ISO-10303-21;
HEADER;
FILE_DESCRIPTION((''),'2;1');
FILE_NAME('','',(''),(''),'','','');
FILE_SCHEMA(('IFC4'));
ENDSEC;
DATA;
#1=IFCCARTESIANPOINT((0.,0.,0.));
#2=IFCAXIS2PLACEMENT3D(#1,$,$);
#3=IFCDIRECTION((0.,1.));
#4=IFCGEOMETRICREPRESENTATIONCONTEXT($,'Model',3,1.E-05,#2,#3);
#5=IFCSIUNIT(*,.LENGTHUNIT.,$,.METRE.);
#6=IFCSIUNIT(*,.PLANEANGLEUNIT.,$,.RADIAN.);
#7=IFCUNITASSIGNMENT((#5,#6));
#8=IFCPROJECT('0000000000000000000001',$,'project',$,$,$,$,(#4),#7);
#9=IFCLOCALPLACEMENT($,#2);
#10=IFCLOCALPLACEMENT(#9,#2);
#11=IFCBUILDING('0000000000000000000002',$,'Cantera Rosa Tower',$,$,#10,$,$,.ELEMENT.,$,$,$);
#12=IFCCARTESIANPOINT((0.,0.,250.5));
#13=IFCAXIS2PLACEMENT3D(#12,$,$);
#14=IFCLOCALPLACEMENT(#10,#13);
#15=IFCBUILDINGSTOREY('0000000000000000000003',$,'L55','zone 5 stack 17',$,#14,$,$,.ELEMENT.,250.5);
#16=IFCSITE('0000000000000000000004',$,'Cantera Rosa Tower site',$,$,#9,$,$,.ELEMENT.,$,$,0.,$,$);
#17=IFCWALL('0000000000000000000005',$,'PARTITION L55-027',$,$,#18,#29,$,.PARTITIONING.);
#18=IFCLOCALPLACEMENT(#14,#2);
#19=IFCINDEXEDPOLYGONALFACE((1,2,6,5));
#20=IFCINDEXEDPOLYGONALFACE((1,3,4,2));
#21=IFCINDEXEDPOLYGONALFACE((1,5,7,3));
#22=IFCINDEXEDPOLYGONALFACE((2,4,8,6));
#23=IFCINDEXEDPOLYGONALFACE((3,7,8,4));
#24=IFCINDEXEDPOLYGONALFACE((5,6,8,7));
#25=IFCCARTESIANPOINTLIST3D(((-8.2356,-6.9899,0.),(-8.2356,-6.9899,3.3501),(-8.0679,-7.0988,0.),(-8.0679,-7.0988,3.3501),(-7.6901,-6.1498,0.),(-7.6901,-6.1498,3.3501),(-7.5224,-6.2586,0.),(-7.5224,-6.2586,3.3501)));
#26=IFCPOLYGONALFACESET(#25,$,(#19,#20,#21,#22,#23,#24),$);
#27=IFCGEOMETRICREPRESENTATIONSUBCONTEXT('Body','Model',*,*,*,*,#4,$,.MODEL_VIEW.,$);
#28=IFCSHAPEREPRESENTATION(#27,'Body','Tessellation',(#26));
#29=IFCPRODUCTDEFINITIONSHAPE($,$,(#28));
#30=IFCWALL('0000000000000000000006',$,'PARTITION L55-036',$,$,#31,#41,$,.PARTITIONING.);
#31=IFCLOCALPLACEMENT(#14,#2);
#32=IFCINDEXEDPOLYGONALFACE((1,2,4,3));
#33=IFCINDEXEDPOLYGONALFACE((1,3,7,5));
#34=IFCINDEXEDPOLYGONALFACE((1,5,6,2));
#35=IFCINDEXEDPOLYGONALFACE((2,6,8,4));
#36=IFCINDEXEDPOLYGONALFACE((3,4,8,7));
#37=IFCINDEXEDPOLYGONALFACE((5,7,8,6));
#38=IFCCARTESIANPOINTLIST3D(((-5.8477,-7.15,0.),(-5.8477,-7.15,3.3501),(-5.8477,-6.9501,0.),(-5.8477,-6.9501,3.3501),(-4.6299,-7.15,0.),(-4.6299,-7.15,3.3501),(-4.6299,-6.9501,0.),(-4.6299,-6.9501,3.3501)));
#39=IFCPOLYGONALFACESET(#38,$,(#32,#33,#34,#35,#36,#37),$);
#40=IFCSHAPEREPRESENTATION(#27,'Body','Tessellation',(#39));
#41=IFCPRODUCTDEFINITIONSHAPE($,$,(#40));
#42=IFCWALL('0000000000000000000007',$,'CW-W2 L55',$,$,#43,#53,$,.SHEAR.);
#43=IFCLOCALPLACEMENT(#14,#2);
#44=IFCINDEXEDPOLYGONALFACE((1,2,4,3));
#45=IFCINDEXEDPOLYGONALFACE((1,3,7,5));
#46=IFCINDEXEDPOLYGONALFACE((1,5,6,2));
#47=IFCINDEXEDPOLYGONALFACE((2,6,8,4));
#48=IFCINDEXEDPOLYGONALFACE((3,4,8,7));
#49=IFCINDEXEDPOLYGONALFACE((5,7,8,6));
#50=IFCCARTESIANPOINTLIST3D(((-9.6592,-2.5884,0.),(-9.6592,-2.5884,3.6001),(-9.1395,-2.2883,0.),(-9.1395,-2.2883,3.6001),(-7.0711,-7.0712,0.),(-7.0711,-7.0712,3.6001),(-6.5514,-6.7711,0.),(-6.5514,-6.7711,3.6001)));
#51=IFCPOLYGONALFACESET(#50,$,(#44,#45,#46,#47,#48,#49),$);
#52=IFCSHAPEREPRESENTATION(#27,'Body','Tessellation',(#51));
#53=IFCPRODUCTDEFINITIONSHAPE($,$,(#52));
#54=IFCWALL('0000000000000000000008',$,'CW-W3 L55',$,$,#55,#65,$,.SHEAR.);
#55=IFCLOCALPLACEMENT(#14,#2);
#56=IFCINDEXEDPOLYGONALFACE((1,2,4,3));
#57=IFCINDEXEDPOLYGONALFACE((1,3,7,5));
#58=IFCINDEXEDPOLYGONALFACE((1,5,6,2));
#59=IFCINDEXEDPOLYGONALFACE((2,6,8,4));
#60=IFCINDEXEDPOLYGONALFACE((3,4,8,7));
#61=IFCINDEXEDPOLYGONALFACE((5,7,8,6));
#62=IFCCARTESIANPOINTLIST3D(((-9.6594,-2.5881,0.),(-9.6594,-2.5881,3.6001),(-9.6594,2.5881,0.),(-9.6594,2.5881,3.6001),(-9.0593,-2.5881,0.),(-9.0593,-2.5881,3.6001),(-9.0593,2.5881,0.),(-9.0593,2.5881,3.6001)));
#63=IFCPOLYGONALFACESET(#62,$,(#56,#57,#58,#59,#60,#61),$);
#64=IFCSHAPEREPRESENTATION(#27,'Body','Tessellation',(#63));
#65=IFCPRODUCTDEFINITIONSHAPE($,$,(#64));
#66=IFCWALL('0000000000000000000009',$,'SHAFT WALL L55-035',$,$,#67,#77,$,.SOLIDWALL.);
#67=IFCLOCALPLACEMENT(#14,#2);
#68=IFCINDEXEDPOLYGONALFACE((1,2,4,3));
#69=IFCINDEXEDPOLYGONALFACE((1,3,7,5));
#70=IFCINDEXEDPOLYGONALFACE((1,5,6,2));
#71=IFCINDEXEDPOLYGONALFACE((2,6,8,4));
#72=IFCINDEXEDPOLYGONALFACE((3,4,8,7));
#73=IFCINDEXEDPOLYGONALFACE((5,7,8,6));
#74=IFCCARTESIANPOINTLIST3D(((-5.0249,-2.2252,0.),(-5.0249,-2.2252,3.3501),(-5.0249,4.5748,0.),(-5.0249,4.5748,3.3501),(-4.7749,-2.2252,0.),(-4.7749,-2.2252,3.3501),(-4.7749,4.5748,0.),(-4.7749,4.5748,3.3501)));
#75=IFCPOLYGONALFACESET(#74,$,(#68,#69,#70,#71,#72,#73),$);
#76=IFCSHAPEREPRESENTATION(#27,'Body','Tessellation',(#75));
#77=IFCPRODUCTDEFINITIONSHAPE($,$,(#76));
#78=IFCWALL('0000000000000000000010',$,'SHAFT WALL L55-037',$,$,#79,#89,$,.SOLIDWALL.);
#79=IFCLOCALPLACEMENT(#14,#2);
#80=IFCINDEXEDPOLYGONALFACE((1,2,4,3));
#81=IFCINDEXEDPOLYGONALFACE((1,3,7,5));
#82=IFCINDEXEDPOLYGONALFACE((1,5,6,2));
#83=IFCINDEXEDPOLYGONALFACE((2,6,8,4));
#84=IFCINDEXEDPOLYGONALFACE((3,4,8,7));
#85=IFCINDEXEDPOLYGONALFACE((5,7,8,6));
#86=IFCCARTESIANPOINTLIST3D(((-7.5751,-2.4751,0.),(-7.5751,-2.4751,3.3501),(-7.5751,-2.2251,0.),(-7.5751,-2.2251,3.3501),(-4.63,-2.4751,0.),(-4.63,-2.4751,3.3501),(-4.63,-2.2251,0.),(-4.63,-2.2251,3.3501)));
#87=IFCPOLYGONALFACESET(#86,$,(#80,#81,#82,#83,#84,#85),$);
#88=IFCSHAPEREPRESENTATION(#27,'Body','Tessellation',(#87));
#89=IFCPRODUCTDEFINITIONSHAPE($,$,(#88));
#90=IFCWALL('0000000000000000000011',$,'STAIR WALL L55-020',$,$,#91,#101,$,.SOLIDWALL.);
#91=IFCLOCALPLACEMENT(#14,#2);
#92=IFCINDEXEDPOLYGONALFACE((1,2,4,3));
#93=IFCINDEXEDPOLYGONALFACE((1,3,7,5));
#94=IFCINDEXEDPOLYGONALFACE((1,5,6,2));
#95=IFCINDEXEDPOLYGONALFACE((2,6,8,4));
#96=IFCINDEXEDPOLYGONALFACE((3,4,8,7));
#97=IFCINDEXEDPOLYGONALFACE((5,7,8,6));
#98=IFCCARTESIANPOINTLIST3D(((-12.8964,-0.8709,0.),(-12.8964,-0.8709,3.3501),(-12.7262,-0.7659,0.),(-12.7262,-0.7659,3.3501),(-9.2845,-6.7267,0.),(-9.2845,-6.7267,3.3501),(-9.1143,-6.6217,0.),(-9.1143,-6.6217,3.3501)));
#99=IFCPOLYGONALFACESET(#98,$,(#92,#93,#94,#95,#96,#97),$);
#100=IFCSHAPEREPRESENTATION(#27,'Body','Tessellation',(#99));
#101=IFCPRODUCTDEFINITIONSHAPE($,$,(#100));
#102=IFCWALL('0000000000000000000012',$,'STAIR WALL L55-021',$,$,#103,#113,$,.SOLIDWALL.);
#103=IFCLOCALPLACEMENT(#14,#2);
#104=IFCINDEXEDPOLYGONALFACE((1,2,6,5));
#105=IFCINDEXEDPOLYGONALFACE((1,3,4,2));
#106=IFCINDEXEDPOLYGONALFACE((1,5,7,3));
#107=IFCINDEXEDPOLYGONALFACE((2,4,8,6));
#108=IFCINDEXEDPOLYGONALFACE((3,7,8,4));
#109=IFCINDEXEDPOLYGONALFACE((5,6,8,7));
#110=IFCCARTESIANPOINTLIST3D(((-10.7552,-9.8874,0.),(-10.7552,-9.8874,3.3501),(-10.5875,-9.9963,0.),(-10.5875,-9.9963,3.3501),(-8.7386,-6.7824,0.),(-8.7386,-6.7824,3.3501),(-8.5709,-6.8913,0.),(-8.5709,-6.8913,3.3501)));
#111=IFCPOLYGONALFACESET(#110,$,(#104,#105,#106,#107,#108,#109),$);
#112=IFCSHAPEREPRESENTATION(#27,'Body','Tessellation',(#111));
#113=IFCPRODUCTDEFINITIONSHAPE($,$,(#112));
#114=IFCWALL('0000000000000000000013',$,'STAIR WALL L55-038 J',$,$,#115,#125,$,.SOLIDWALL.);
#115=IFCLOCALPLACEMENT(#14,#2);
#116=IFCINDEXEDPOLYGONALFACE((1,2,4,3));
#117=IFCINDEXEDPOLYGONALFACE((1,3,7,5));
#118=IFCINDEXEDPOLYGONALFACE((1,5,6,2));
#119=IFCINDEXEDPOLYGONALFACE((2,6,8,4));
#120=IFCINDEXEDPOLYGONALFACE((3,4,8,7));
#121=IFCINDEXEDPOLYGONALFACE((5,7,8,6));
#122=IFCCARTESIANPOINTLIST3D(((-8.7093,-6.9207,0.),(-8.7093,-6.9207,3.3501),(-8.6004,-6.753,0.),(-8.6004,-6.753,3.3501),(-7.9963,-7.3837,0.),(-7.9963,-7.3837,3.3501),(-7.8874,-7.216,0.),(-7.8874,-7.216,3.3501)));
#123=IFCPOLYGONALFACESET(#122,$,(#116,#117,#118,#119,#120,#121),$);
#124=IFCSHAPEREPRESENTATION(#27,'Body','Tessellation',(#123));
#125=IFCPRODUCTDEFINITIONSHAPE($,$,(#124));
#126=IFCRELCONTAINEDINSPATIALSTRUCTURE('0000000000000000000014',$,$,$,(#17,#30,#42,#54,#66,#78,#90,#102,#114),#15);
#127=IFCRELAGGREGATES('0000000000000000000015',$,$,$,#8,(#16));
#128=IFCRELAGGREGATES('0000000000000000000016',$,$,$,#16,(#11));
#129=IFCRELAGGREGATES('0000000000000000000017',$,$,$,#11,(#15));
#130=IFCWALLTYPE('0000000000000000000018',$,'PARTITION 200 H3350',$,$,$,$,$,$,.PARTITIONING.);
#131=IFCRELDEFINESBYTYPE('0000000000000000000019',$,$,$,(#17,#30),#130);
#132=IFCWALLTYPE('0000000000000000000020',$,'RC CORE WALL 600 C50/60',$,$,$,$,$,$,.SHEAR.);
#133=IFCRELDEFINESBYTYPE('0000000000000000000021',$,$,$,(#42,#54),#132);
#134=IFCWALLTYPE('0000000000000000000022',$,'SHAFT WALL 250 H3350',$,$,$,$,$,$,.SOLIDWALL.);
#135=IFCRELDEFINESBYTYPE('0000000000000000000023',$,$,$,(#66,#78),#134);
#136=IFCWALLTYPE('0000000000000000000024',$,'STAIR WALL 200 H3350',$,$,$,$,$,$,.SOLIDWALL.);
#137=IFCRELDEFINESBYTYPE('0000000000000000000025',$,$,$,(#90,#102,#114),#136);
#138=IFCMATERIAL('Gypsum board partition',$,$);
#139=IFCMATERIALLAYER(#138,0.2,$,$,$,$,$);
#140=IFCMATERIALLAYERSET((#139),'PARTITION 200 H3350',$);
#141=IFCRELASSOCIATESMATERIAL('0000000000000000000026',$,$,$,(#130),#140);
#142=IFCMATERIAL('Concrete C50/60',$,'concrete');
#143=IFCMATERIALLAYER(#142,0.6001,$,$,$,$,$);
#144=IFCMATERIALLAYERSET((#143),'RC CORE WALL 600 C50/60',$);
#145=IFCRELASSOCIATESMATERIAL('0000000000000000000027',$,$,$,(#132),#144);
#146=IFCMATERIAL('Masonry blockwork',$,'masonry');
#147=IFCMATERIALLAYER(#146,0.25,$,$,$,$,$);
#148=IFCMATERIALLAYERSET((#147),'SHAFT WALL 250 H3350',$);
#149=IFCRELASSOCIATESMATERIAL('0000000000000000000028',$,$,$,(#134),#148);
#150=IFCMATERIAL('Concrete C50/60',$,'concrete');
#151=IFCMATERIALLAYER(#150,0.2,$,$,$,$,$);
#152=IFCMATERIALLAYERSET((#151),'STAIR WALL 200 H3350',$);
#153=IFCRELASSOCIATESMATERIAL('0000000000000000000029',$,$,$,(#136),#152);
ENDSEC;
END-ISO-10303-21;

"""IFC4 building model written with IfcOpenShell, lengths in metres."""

from ifc_helpers import new_model, si_unit, direction, frame, frame_2d, origin, place, context, subcontext, project, spatial, rectangle, extrude, material, layer, layer_set, type_object, element, save


model = new_model("IFC4")

# Units and contexts
model_context = context("Model", 3, precision=1e-05, world=origin(), true_north=direction((0.0, 1.0)))
body_context = subcontext(model_context, "Body", "Model", "MODEL_VIEW")
ifc_project = project(units=[si_unit("LENGTHUNIT", "METRE"), si_unit("PLANEANGLEUNIT", "RADIAN")], contexts=[model_context])

# Site, building, storey
site_placement = place(None, origin())
site = spatial("IfcSite", under=ifc_project, at=site_placement, Name="Cantera Rosa Tower site", CompositionType="ELEMENT", RefElevation=0.0)
building_placement = place(site_placement, origin())
building = spatial("IfcBuilding", under=site, at=building_placement, Name="Cantera Rosa Tower", CompositionType="ELEMENT")
storey_placement = place(building_placement, frame((0.0, 0.0, 250.5)))
storey = spatial("IfcBuildingStorey", under=building, at=storey_placement, Name="L55", Description="zone 5 stack 17", CompositionType="ELEMENT", Elevation=250.5)

# Walls
ifc_material_1 = material(Name="Gypsum board partition")
ifc_layer_1 = layer(ifc_material_1, 0.2)
ifc_layer_set_1 = layer_set([ifc_layer_1], Name="PARTITION 200 H3350")
wall_type_1 = type_object("IfcWallType", Name="PARTITION 200 H3350", PredefinedType="PARTITIONING", material=ifc_layer_set_1)
wall_1_placement = place(storey_placement, frame((-7.6062, -6.2041, 0.0), z_axis=(0.0, 0.0, 1.0), x_axis=(-0.544534, -0.838739, 0.0)))
element("IfcWall", 1, at=wall_1_placement, inside=storey, type_object=wall_type_1, Name="PARTITION L55-027", PredefinedType="PARTITIONING", context=body_context, shape_type="SweptSolid", body=[
    extrude(rectangle(XDim=1.0017, YDim=0.2, at=frame_2d((0.501, 0.0))), origin(), (0.0, 0.0, 1.0), 3.3501),
])
wall_2_placement = place(storey_placement, frame((-4.6299, -7.05, 0.0), z_axis=(0.0, 0.0, 1.0), x_axis=(-1.0, 0.0, 0.0)))
element("IfcWall", 2, at=wall_2_placement, inside=storey, type_object=wall_type_1, Name="PARTITION L55-036", PredefinedType="PARTITIONING", context=body_context, shape_type="SweptSolid", body=[
    extrude(rectangle(XDim=1.2178, YDim=0.2, at=frame_2d((0.6089, 0.0))), origin(), (0.0, 0.0, 1.0), 3.3501),
])
ifc_material_2 = material(Name="Concrete C50/60", Category="concrete")
ifc_layer_2 = layer(ifc_material_2, 0.6001)
ifc_layer_set_2 = layer_set([ifc_layer_2], Name="RC CORE WALL 600 C50/60")
wall_type_2 = type_object("IfcWallType", Name="RC CORE WALL 600 C50/60", PredefinedType="SHEAR", material=ifc_layer_set_2)
for number, where, z_axis, x_axis, name in (
    (3, (-6.8113, -6.9211, 0.0), (0.0, 0.0, 1.0), (-0.499989, 0.866032, 0.0), "CW-W2 L55"),
    (4, (-9.3594, -2.5881, 0.0), (0.0, 0.0, 1.0), (0.0, 1.0, 0.0), "CW-W3 L55"),
):
    element("IfcWall", number, at=place(storey_placement, frame(where, z_axis=z_axis, x_axis=x_axis)), inside=storey, type_object=wall_type_2, Name=name, PredefinedType="SHEAR", context=body_context, shape_type="SweptSolid", body=[
        extrude(rectangle(XDim=5.1763, YDim=0.6001, at=frame_2d((2.5881, 0.0))), origin(), (0.0, 0.0, 1.0), 3.6001),
    ])
ifc_material_3 = material(Name="Masonry blockwork", Category="masonry")
ifc_layer_3 = layer(ifc_material_3, 0.25)
ifc_layer_set_3 = layer_set([ifc_layer_3], Name="SHAFT WALL 250 H3350")
wall_type_3 = type_object("IfcWallType", Name="SHAFT WALL 250 H3350", PredefinedType="SOLIDWALL", material=ifc_layer_set_3)
wall_3_placement = place(storey_placement, frame((-4.8999, -2.2251, 0.0), z_axis=(0.0, 0.0, 1.0), x_axis=(0.0, 1.0, 0.0)))
element("IfcWall", 5, at=wall_3_placement, inside=storey, type_object=wall_type_3, Name="SHAFT WALL L55-035", PredefinedType="SOLIDWALL", context=body_context, shape_type="SweptSolid", body=[
    extrude(rectangle(XDim=6.8, YDim=0.25, at=frame_2d((3.3999, 0.0))), origin(), (0.0, 0.0, 1.0), 3.3501),
])
wall_4_placement = place(storey_placement, frame((-4.6299, -2.3501, 0.0), z_axis=(0.0, 0.0, 1.0), x_axis=(-1.0, 0.0, 0.0)))
element("IfcWall", 6, at=wall_4_placement, inside=storey, type_object=wall_type_3, Name="SHAFT WALL L55-037", PredefinedType="SOLIDWALL", context=body_context, shape_type="SweptSolid", body=[
    extrude(rectangle(XDim=2.9451, YDim=0.25, at=frame_2d((1.4727, 0.0))), origin(), (0.0, 0.0, 1.0), 3.3501),
])
ifc_material_4 = material(Name="Concrete C50/60", Category="concrete")
ifc_layer_4 = layer(ifc_material_4, 0.2)
ifc_layer_set_4 = layer_set([ifc_layer_4], Name="STAIR WALL 200 H3350")
wall_type_4 = type_object("IfcWallType", Name="STAIR WALL 200 H3350", PredefinedType="SOLIDWALL", material=ifc_layer_set_4)
wall_5_placement = place(storey_placement, frame((-9.1995, -6.6741, 0.0), z_axis=(0.0, 0.0, 1.0), x_axis=(-0.524972, 0.851119, 0.0)))
element("IfcWall", 7, at=wall_5_placement, inside=storey, type_object=wall_type_4, Name="STAIR WALL L55-020", PredefinedType="SOLIDWALL", context=body_context, shape_type="SweptSolid", body=[
    extrude(rectangle(XDim=6.8801, YDim=0.2, at=frame_2d((3.4399, 0.0))), origin(), (0.0, 0.0, 1.0), 3.3501),
])
wall_6_placement = place(storey_placement, frame((-8.6548, -6.8369, 0.0), z_axis=(0.0, 0.0, 1.0), x_axis=(-0.544678, -0.838645, 0.0)))
element("IfcWall", 8, at=wall_6_placement, inside=storey, type_object=wall_type_4, Name="STAIR WALL L55-021", PredefinedType="SOLIDWALL", context=body_context, shape_type="SweptSolid", body=[
    extrude(rectangle(XDim=3.7024, YDim=0.2, at=frame_2d((1.8511, 0.0))), origin(), (0.0, 0.0, 1.0), 3.3501),
])
wall_7_placement = place(storey_placement, frame((-7.9419, -7.2998, 0.0), z_axis=(0.0, 0.0, 1.0), x_axis=(-0.838706, 0.544584, 0.0)))
element("IfcWall", 9, at=wall_7_placement, inside=storey, type_object=wall_type_4, Name="STAIR WALL L55-038 J", PredefinedType="SOLIDWALL", context=body_context, shape_type="SweptSolid", body=[
    extrude(rectangle(XDim=0.8501, YDim=0.2, at=frame_2d((0.425, 0.0))), origin(), (0.0, 0.0, 1.0), 3.3501),
])

save(model, "model.ifc")
